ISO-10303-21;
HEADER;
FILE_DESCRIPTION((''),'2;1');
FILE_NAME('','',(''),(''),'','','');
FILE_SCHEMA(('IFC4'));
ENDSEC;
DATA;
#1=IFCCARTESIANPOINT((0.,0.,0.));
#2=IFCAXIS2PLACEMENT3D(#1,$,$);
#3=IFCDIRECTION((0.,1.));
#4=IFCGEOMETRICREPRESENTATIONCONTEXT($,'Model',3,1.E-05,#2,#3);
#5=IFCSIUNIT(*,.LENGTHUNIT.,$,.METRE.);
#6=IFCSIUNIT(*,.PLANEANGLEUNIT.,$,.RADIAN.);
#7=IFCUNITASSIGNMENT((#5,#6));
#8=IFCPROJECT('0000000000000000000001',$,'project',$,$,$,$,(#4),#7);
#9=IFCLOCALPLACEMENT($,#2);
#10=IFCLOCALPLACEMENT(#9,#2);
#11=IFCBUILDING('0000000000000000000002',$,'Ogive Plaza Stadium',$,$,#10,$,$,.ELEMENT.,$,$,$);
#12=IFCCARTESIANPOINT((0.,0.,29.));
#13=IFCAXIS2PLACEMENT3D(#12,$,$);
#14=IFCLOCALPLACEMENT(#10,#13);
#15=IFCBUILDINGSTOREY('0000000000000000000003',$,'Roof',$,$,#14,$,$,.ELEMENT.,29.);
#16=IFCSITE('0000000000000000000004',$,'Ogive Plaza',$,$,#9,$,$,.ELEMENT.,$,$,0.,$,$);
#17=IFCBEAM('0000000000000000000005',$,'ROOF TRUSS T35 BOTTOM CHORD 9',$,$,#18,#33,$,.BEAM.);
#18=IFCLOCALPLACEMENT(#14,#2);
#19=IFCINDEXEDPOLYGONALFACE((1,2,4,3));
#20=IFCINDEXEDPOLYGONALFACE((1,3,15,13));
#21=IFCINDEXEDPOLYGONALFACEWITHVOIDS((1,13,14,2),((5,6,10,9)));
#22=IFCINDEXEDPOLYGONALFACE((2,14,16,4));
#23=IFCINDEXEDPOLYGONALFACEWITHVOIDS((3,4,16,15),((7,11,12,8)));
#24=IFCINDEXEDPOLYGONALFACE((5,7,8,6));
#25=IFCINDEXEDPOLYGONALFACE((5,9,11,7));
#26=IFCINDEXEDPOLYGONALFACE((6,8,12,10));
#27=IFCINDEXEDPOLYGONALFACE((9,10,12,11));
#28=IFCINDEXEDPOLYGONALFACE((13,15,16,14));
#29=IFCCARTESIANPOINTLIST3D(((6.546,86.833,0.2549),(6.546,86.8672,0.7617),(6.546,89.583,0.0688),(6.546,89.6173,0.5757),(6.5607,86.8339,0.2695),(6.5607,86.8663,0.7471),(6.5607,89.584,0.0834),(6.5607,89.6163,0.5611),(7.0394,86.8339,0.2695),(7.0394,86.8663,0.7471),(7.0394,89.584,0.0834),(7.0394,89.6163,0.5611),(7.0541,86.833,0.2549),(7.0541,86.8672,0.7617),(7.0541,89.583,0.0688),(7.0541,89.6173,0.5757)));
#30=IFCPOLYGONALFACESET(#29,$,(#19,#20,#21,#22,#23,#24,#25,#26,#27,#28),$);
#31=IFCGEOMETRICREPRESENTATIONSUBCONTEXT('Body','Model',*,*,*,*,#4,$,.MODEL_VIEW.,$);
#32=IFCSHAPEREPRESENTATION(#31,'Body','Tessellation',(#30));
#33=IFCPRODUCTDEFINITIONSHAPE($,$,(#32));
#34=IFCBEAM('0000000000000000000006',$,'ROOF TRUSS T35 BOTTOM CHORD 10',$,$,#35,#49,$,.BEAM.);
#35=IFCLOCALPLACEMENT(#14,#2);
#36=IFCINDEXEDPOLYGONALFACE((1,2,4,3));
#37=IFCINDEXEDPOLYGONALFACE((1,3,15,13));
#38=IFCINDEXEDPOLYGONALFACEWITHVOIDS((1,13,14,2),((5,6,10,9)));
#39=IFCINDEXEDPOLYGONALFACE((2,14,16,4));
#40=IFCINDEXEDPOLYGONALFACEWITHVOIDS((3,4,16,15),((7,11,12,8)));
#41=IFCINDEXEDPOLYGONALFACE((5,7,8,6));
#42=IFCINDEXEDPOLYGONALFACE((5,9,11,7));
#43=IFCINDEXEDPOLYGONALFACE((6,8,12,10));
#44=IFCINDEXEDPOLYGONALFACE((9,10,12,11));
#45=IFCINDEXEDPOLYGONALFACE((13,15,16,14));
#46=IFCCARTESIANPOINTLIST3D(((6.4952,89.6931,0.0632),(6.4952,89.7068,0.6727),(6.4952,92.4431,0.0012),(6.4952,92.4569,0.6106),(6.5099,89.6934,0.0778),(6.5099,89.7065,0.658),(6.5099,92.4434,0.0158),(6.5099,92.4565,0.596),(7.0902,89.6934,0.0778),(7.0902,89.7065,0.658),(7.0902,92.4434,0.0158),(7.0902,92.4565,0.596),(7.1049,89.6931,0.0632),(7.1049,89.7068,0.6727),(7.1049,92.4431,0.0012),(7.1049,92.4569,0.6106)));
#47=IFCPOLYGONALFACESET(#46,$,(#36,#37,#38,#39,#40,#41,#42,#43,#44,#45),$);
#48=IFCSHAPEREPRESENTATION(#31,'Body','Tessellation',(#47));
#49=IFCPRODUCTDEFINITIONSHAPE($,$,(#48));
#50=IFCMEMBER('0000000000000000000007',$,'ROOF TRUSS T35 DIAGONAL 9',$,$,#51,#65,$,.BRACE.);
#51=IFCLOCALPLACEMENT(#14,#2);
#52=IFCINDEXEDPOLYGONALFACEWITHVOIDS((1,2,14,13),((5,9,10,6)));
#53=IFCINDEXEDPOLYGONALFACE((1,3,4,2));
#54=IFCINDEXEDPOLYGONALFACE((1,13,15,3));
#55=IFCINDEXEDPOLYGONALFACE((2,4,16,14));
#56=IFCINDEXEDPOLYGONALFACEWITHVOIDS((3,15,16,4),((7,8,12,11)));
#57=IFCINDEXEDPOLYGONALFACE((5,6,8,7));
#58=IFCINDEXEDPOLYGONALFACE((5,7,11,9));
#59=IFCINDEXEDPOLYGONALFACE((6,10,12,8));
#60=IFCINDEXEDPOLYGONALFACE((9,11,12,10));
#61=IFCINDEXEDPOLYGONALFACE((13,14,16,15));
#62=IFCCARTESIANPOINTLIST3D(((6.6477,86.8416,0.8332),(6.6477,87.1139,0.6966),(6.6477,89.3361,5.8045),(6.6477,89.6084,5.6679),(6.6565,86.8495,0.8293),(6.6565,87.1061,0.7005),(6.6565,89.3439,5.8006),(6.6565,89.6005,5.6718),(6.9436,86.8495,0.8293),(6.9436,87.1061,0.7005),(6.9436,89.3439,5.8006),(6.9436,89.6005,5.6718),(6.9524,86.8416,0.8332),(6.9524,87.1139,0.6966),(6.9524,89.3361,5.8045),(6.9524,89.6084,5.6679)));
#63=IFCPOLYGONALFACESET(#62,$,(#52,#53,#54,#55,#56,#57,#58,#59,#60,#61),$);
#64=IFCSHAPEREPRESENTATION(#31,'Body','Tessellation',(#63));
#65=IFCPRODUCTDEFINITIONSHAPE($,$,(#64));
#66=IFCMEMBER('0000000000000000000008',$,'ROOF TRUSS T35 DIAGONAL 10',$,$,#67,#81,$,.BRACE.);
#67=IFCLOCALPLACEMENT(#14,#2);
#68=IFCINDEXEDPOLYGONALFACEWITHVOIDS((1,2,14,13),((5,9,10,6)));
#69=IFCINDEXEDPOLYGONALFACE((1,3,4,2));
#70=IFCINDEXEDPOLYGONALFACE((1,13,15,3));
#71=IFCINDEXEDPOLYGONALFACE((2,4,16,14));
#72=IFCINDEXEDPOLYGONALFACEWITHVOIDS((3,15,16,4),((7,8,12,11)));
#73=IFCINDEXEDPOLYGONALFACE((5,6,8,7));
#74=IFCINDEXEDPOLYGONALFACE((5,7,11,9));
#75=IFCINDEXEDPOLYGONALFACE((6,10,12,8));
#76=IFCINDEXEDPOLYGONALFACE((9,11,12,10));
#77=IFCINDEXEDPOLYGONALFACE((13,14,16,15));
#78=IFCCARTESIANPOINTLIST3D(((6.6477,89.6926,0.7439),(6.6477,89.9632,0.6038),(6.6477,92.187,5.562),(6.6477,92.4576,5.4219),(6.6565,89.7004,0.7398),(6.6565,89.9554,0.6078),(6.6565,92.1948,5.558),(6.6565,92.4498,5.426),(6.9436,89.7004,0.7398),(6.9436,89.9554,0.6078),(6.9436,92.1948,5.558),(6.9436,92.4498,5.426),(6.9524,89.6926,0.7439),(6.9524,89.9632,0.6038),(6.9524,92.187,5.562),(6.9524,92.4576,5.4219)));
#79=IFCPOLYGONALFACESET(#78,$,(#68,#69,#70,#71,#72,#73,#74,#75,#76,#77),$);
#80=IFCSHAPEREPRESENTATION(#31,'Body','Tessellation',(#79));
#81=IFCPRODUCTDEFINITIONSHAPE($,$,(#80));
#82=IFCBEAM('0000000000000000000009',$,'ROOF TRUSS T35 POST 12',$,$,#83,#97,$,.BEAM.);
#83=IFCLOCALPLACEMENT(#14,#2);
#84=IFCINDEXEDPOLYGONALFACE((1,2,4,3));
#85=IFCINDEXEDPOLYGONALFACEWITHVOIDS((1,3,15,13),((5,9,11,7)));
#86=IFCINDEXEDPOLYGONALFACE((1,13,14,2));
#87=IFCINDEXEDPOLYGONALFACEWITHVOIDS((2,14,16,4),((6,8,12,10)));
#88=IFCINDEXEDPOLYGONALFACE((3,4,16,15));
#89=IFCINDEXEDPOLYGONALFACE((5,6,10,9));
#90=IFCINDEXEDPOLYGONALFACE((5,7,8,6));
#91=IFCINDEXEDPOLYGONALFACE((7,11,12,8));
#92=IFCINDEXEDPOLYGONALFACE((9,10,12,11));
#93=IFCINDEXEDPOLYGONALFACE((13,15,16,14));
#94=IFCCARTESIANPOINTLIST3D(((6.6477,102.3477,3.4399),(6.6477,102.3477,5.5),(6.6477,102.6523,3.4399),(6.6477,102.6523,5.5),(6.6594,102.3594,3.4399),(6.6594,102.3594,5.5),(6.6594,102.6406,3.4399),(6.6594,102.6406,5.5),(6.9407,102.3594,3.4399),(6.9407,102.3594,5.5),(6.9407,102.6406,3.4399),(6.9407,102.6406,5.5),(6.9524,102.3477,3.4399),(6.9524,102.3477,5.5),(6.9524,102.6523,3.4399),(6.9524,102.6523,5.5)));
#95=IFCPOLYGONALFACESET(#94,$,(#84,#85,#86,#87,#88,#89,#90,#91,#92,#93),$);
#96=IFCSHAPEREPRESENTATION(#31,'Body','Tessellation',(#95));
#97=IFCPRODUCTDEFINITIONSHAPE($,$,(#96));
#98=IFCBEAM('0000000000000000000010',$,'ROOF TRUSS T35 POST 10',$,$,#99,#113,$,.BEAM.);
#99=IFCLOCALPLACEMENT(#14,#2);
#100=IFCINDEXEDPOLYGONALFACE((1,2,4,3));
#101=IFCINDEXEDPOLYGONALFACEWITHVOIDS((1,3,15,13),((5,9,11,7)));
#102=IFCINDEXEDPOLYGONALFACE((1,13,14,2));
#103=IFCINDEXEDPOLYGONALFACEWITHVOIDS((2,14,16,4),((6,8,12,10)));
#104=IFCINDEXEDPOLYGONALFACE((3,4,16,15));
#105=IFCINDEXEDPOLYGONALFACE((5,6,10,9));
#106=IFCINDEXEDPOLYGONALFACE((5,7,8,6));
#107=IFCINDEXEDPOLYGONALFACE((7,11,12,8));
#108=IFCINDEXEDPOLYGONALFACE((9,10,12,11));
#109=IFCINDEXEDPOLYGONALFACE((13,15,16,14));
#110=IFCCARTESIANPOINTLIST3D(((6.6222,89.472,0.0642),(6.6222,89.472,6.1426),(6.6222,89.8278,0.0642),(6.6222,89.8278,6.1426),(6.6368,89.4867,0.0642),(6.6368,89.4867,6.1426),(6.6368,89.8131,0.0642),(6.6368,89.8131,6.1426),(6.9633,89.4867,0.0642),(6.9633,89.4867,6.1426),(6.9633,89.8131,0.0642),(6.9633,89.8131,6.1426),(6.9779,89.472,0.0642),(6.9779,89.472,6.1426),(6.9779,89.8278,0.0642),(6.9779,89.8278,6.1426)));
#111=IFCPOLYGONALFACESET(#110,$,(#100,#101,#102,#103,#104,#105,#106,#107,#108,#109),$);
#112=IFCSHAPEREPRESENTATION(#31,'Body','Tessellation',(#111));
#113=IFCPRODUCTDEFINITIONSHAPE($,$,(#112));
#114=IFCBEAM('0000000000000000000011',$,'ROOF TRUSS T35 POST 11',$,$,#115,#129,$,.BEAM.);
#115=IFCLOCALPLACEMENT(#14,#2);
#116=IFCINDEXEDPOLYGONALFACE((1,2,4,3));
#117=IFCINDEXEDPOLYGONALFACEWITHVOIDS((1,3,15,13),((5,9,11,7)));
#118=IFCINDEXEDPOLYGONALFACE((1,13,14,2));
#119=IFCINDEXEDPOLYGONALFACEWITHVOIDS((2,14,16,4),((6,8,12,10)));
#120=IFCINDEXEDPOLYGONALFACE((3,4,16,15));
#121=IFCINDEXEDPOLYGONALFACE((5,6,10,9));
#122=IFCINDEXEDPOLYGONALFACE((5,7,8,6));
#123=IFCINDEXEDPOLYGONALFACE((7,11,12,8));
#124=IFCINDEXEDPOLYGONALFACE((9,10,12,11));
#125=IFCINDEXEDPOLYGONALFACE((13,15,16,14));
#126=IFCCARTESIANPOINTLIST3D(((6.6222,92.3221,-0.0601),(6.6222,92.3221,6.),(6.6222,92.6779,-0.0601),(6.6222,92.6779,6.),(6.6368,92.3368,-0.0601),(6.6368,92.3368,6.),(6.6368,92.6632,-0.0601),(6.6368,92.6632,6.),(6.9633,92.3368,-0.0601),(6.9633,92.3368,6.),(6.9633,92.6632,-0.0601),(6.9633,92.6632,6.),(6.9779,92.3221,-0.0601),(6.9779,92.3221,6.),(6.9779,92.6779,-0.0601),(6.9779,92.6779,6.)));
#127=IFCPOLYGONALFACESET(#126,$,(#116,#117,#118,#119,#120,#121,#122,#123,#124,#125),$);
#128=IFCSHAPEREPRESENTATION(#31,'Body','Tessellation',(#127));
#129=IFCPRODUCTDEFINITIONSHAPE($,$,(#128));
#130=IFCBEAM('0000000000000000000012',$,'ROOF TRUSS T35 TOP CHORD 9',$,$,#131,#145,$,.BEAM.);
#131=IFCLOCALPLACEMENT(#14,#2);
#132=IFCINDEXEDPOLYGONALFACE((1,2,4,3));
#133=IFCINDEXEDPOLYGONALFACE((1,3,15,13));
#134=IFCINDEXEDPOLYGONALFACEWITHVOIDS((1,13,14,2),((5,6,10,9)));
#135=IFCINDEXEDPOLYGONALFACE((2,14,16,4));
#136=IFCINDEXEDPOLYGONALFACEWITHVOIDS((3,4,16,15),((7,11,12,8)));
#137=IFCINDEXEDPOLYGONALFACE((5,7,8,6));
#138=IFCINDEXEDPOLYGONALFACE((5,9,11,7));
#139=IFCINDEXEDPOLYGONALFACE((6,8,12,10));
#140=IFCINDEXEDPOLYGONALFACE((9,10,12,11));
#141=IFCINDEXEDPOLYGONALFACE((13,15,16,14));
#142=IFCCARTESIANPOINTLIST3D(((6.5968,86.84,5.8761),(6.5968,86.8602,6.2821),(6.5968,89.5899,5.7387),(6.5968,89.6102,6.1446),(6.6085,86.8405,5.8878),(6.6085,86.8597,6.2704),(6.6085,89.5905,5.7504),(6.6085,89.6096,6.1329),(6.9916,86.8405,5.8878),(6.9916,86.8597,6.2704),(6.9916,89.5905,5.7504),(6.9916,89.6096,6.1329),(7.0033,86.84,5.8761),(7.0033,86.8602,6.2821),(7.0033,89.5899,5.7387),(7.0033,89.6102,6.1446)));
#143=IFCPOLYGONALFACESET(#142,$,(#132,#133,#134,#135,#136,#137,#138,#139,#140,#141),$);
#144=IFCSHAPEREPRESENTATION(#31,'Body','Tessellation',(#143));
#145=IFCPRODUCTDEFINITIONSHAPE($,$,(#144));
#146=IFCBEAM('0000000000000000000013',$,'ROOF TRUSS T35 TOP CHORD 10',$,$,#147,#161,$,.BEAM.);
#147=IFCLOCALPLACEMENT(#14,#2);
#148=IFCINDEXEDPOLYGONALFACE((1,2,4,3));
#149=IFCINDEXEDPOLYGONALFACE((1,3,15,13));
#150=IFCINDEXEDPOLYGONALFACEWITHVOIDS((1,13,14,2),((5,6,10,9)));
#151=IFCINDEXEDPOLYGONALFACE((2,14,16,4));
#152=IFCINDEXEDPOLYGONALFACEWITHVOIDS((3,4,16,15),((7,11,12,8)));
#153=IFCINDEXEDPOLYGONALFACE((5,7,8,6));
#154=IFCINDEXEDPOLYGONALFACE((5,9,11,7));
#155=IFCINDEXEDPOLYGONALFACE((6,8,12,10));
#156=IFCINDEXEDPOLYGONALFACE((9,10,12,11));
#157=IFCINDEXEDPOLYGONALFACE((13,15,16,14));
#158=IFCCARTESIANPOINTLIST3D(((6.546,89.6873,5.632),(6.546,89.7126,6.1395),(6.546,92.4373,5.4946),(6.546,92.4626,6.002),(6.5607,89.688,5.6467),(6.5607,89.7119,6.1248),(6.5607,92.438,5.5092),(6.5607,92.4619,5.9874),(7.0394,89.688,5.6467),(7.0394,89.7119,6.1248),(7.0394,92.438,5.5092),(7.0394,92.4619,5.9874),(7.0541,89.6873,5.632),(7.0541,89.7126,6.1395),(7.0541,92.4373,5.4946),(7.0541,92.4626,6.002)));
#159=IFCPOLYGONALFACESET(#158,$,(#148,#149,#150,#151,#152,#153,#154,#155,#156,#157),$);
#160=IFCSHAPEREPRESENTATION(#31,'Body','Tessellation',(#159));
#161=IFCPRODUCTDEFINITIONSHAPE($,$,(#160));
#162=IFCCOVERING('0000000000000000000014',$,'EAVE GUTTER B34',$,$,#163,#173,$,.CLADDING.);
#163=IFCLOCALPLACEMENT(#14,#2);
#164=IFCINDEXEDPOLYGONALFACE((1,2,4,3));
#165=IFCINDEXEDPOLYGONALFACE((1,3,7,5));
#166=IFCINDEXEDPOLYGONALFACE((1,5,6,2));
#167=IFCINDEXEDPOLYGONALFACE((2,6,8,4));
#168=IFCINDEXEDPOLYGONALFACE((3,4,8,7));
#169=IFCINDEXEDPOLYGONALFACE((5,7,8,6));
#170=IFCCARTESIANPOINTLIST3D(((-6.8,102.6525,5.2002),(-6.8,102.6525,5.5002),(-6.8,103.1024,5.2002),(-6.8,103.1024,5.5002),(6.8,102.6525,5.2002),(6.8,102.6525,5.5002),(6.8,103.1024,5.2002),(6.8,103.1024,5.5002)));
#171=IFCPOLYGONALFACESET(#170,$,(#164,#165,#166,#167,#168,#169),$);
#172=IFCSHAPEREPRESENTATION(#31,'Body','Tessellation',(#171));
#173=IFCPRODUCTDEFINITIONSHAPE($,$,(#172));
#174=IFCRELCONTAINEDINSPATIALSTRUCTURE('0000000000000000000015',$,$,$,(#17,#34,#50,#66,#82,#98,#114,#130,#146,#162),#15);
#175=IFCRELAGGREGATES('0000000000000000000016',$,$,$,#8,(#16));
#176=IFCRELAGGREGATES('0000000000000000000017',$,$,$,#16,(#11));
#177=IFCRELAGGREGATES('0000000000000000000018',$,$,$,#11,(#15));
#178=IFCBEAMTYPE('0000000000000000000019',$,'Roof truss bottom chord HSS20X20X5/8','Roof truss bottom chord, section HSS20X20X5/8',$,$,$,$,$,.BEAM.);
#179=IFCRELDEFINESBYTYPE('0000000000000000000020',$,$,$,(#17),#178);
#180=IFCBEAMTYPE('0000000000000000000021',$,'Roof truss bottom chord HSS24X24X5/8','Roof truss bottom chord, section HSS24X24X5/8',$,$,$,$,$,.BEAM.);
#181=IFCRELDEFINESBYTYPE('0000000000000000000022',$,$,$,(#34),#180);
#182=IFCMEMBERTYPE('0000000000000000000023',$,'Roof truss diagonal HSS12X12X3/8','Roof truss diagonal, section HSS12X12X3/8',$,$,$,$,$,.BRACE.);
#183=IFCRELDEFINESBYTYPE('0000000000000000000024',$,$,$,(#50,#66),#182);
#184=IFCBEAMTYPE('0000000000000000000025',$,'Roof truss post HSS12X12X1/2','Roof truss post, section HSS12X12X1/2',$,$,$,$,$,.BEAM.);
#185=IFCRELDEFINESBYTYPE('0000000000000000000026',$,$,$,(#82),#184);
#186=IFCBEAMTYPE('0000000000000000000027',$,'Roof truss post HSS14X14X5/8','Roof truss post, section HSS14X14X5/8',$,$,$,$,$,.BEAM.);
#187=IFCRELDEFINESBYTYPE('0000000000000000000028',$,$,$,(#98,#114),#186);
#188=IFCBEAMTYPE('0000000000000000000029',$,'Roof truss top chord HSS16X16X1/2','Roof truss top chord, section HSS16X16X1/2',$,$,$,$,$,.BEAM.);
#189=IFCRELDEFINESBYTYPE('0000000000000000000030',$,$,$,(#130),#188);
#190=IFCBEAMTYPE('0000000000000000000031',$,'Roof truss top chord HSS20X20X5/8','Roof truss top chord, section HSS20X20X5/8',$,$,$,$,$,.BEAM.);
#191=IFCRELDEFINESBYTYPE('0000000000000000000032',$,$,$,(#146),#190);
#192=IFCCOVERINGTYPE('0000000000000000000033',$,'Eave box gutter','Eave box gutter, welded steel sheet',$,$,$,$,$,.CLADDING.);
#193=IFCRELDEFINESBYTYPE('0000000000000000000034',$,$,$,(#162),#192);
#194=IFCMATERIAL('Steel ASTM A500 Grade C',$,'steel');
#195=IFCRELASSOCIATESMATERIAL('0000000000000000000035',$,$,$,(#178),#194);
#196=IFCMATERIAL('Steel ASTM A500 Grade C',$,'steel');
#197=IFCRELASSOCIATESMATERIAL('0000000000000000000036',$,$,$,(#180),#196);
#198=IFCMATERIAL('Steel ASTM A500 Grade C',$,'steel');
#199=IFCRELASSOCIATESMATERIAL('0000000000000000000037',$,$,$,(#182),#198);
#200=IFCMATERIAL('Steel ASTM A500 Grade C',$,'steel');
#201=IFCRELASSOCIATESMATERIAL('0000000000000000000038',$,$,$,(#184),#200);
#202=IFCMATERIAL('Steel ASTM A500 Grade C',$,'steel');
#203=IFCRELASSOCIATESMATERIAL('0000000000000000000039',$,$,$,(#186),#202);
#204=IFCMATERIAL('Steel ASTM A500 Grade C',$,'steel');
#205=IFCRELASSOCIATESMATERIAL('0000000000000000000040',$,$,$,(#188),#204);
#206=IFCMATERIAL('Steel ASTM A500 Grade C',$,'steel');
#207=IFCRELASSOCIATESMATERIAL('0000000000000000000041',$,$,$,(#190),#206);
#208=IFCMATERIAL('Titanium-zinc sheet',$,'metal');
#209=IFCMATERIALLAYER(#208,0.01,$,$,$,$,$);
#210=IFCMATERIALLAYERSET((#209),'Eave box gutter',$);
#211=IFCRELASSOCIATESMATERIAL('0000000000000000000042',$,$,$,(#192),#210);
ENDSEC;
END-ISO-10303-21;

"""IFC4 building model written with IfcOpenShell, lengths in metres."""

from ifc_helpers import new_model, si_unit, direction, frame, origin, origin_2d, place, context, subcontext, project, spatial, rectangle, hollow_rectangle, extrude, material, layer, layer_set, material_profile, profile_set, type_object, element, save


model = new_model("IFC4")

# Units and contexts
model_context = context("Model", 3, precision=1e-05, world=origin(), true_north=direction((0.0, 1.0)))
body_context = subcontext(model_context, "Body", "Model", "MODEL_VIEW")
ifc_project = project(units=[si_unit("LENGTHUNIT", "METRE"), si_unit("PLANEANGLEUNIT", "RADIAN")], contexts=[model_context])

# Site, building, storey
site_placement = place(None, origin())
site = spatial("IfcSite", under=ifc_project, at=site_placement, Name="Ogive Plaza", CompositionType="ELEMENT", RefElevation=0.0)
building_placement = place(site_placement, origin())
building = spatial("IfcBuilding", under=site, at=building_placement, Name="Ogive Plaza Stadium", CompositionType="ELEMENT")
storey_placement = place(building_placement, frame((0.0, 0.0, 29.0)))
storey = spatial("IfcBuildingStorey", under=building, at=storey_placement, Name="Roof", CompositionType="ELEMENT", Elevation=29.0)

# Beams
ifc_material_1 = material(Name="Steel ASTM A500 Grade C", Category="steel")
ifc_material_profile_1 = material_profile(ifc_material_1, hollow_rectangle(XDim=0.5081, YDim=0.5081, WallThickness=0.0146, at=origin_2d()), Name="HSS20X20X5/8")
ifc_profile_set_1 = profile_set([ifc_material_profile_1], Name="Steel ASTM A500 Grade C")
beam_type_1 = type_object("IfcBeamType", Name="Roof truss bottom chord HSS20X20X5/8", Description="Roof truss bottom chord, section HSS20X20X5/8", PredefinedType="BEAM", material=ifc_profile_set_1)
beam_1_placement = place(storey_placement, frame((6.8, 86.8501, 0.5083), z_axis=(0.0, 0.99772, -0.067495), x_axis=(-1.0, 0.0, 0.0)))
element("IfcBeam", 1, at=beam_1_placement, inside=storey, type_object=beam_type_1, Name="ROOF TRUSS T35 BOTTOM CHORD 9", PredefinedType="BEAM", context=body_context, shape_type="SweptSolid", body=[
    extrude(hollow_rectangle(XDim=0.5081, YDim=0.5081, WallThickness=0.0146, at=origin_2d()), origin(), (0.0, 0.0, 1.0), 2.7563),
])
ifc_material_2 = material(Name="Steel ASTM A500 Grade C", Category="steel")
ifc_material_profile_2 = material_profile(ifc_material_2, hollow_rectangle(XDim=0.6096, YDim=0.6096, WallThickness=0.0146, at=origin_2d()), Name="HSS24X24X5/8")
ifc_profile_set_2 = profile_set([ifc_material_profile_2], Name="Steel ASTM A500 Grade C")
beam_type_2 = type_object("IfcBeamType", Name="Roof truss bottom chord HSS24X24X5/8", Description="Roof truss bottom chord, section HSS24X24X5/8", PredefinedType="BEAM", material=ifc_profile_set_2)
beam_2_placement = place(storey_placement, frame((6.8, 89.7, 0.3679), z_axis=(0.0, 0.999746, -0.022544), x_axis=(-1.0, 0.0, 0.0)))
element("IfcBeam", 2, at=beam_2_placement, inside=storey, type_object=beam_type_2, Name="ROOF TRUSS T35 BOTTOM CHORD 10", PredefinedType="BEAM", context=body_context, shape_type="SweptSolid", body=[
    extrude(hollow_rectangle(XDim=0.6096, YDim=0.6096, WallThickness=0.0146, at=origin_2d()), origin(), (0.0, 0.0, 1.0), 2.7507),
])

# Members
ifc_material_3 = material(Name="Steel ASTM A500 Grade C", Category="steel")
ifc_material_profile_3 = material_profile(ifc_material_3, hollow_rectangle(XDim=0.3047, YDim=0.3047, WallThickness=0.0088, at=origin_2d()), Name="HSS12X12X3/8")
ifc_profile_set_3 = profile_set([ifc_material_profile_3], Name="Steel ASTM A500 Grade C")
member_type_1 = type_object("IfcMemberType", Name="Roof truss diagonal HSS12X12X3/8", Description="Roof truss diagonal, section HSS12X12X3/8", PredefinedType="BRACE", material=ifc_profile_set_3)
member_1_placement = place(storey_placement, frame((6.8, 86.9778, 0.7649), z_axis=(0.0, 0.448477, 0.893794), x_axis=(-1.0, 0.0, 0.0)))
element("IfcMember", 3, at=member_1_placement, inside=storey, type_object=member_type_1, Name="ROOF TRUSS T35 DIAGONAL 9", PredefinedType="BRACE", context=body_context, shape_type="SweptSolid", body=[
    extrude(hollow_rectangle(XDim=0.3047, YDim=0.3047, WallThickness=0.0088, at=origin_2d()), origin(), (0.0, 0.0, 1.0), 5.562),
])
member_2_placement = place(storey_placement, frame((6.8, 89.8279, 0.6738), z_axis=(0.0, 0.459751, 0.888048), x_axis=(-1.0, 0.0, 0.0)))
element("IfcMember", 4, at=member_2_placement, inside=storey, type_object=member_type_1, Name="ROOF TRUSS T35 DIAGONAL 10", PredefinedType="BRACE", context=body_context, shape_type="SweptSolid", body=[
    extrude(hollow_rectangle(XDim=0.3047, YDim=0.3047, WallThickness=0.0088, at=origin_2d()), origin(), (0.0, 0.0, 1.0), 5.4255),
])

# Beams
ifc_material_4 = material(Name="Steel ASTM A500 Grade C", Category="steel")
ifc_material_profile_4 = material_profile(ifc_material_4, hollow_rectangle(XDim=0.3047, YDim=0.3047, WallThickness=0.0117, at=origin_2d()), Name="HSS12X12X1/2")
ifc_profile_set_4 = profile_set([ifc_material_profile_4], Name="Steel ASTM A500 Grade C")
beam_type_3 = type_object("IfcBeamType", Name="Roof truss post HSS12X12X1/2", Description="Roof truss post, section HSS12X12X1/2", PredefinedType="BEAM", material=ifc_profile_set_4)
beam_3_placement = place(storey_placement, frame((6.8, 102.5, 3.4399), z_axis=(0.0, 0.0, 1.0), x_axis=(-1.0, 0.0, 0.0)))
element("IfcBeam", 5, at=beam_3_placement, inside=storey, type_object=beam_type_3, Name="ROOF TRUSS T35 POST 12", PredefinedType="BEAM", context=body_context, shape_type="SweptSolid", body=[
    extrude(hollow_rectangle(XDim=0.3047, YDim=0.3047, WallThickness=0.0117, at=origin_2d()), origin(), (0.0, 0.0, 1.0), 2.0601),
])
ifc_material_5 = material(Name="Steel ASTM A500 Grade C", Category="steel")
ifc_material_profile_5 = material_profile(ifc_material_5, hollow_rectangle(XDim=0.3557, YDim=0.3557, WallThickness=0.0146, at=origin_2d()), Name="HSS14X14X5/8")
ifc_profile_set_5 = profile_set([ifc_material_profile_5], Name="Steel ASTM A500 Grade C")
beam_type_4 = type_object("IfcBeamType", Name="Roof truss post HSS14X14X5/8", Description="Roof truss post, section HSS14X14X5/8", PredefinedType="BEAM", material=ifc_profile_set_5)
beam_4_placement = place(storey_placement, frame((6.8, 89.6499, 0.0642), z_axis=(0.0, 0.0, 1.0), x_axis=(-1.0, 0.0, 0.0)))
element("IfcBeam", 6, at=beam_4_placement, inside=storey, type_object=beam_type_4, Name="ROOF TRUSS T35 POST 10", PredefinedType="BEAM", context=body_context, shape_type="SweptSolid", body=[
    extrude(hollow_rectangle(XDim=0.3557, YDim=0.3557, WallThickness=0.0146, at=origin_2d()), origin(), (0.0, 0.0, 1.0), 6.0784),
])
beam_5_placement = place(storey_placement, frame((6.8, 92.5, -0.0601), z_axis=(0.0, 0.0, 1.0), x_axis=(-1.0, 0.0, 0.0)))
element("IfcBeam", 7, at=beam_5_placement, inside=storey, type_object=beam_type_4, Name="ROOF TRUSS T35 POST 11", PredefinedType="BEAM", context=body_context, shape_type="SweptSolid", body=[
    extrude(hollow_rectangle(XDim=0.3557, YDim=0.3557, WallThickness=0.0146, at=origin_2d()), origin(), (0.0, 0.0, 1.0), 6.0601),
])
ifc_material_6 = material(Name="Steel ASTM A500 Grade C", Category="steel")
ifc_material_profile_6 = material_profile(ifc_material_6, hollow_rectangle(XDim=0.4065, YDim=0.4065, WallThickness=0.0117, at=origin_2d()), Name="HSS16X16X1/2")
ifc_profile_set_6 = profile_set([ifc_material_profile_6], Name="Steel ASTM A500 Grade C")
beam_type_5 = type_object("IfcBeamType", Name="Roof truss top chord HSS16X16X1/2", Description="Roof truss top chord, section HSS16X16X1/2", PredefinedType="BEAM", material=ifc_profile_set_6)
beam_6_placement = place(storey_placement, frame((6.8, 86.8501, 6.0791), z_axis=(0.0, 0.998753, -0.04992), x_axis=(-1.0, 0.0, 0.0)))
element("IfcBeam", 8, at=beam_6_placement, inside=storey, type_object=beam_type_5, Name="ROOF TRUSS T35 TOP CHORD 9", PredefinedType="BEAM", context=body_context, shape_type="SweptSolid", body=[
    extrude(hollow_rectangle(XDim=0.4065, YDim=0.4065, WallThickness=0.0117, at=origin_2d()), origin(), (0.0, 0.0, 1.0), 2.7534),
])
ifc_material_7 = material(Name="Steel ASTM A500 Grade C", Category="steel")
ifc_material_profile_7 = material_profile(ifc_material_7, hollow_rectangle(XDim=0.5081, YDim=0.5081, WallThickness=0.0146, at=origin_2d()), Name="HSS20X20X5/8")
ifc_profile_set_7 = profile_set([ifc_material_profile_7], Name="Steel ASTM A500 Grade C")
beam_type_6 = type_object("IfcBeamType", Name="Roof truss top chord HSS20X20X5/8", Description="Roof truss top chord, section HSS20X20X5/8", PredefinedType="BEAM", material=ifc_profile_set_7)
beam_7_placement = place(storey_placement, frame((6.8, 89.7, 5.8857), z_axis=(0.0, 0.998753, -0.04992), x_axis=(-1.0, 0.0, 0.0)))
element("IfcBeam", 9, at=beam_7_placement, inside=storey, type_object=beam_type_6, Name="ROOF TRUSS T35 TOP CHORD 10", PredefinedType="BEAM", context=body_context, shape_type="SweptSolid", body=[
    extrude(hollow_rectangle(XDim=0.5081, YDim=0.5081, WallThickness=0.0146, at=origin_2d()), origin(), (0.0, 0.0, 1.0), 2.7534),
])

# Covering
ifc_material_8 = material(Name="Titanium-zinc sheet", Category="metal")
ifc_layer_1 = layer(ifc_material_8, 0.01)
ifc_layer_set_1 = layer_set([ifc_layer_1], Name="Eave box gutter")
covering_type = type_object("IfcCoveringType", Name="Eave box gutter", Description="Eave box gutter, welded steel sheet", PredefinedType="CLADDING", material=ifc_layer_set_1)
covering_placement = place(storey_placement, frame((0.0, 102.8774, 5.2002), z_axis=(0.0, 0.0, 1.0), x_axis=(1.0, 0.0, 0.0)))
element("IfcCovering", 10, at=covering_placement, inside=storey, type_object=covering_type, Name="EAVE GUTTER B34", PredefinedType="CLADDING", context=body_context, shape_type="SweptSolid", body=[
    extrude(rectangle(XDim=13.6001, YDim=0.45, at=origin_2d()), origin(), (0.0, 0.0, 1.0), 0.3),
])

save(model, "model.ifc")
